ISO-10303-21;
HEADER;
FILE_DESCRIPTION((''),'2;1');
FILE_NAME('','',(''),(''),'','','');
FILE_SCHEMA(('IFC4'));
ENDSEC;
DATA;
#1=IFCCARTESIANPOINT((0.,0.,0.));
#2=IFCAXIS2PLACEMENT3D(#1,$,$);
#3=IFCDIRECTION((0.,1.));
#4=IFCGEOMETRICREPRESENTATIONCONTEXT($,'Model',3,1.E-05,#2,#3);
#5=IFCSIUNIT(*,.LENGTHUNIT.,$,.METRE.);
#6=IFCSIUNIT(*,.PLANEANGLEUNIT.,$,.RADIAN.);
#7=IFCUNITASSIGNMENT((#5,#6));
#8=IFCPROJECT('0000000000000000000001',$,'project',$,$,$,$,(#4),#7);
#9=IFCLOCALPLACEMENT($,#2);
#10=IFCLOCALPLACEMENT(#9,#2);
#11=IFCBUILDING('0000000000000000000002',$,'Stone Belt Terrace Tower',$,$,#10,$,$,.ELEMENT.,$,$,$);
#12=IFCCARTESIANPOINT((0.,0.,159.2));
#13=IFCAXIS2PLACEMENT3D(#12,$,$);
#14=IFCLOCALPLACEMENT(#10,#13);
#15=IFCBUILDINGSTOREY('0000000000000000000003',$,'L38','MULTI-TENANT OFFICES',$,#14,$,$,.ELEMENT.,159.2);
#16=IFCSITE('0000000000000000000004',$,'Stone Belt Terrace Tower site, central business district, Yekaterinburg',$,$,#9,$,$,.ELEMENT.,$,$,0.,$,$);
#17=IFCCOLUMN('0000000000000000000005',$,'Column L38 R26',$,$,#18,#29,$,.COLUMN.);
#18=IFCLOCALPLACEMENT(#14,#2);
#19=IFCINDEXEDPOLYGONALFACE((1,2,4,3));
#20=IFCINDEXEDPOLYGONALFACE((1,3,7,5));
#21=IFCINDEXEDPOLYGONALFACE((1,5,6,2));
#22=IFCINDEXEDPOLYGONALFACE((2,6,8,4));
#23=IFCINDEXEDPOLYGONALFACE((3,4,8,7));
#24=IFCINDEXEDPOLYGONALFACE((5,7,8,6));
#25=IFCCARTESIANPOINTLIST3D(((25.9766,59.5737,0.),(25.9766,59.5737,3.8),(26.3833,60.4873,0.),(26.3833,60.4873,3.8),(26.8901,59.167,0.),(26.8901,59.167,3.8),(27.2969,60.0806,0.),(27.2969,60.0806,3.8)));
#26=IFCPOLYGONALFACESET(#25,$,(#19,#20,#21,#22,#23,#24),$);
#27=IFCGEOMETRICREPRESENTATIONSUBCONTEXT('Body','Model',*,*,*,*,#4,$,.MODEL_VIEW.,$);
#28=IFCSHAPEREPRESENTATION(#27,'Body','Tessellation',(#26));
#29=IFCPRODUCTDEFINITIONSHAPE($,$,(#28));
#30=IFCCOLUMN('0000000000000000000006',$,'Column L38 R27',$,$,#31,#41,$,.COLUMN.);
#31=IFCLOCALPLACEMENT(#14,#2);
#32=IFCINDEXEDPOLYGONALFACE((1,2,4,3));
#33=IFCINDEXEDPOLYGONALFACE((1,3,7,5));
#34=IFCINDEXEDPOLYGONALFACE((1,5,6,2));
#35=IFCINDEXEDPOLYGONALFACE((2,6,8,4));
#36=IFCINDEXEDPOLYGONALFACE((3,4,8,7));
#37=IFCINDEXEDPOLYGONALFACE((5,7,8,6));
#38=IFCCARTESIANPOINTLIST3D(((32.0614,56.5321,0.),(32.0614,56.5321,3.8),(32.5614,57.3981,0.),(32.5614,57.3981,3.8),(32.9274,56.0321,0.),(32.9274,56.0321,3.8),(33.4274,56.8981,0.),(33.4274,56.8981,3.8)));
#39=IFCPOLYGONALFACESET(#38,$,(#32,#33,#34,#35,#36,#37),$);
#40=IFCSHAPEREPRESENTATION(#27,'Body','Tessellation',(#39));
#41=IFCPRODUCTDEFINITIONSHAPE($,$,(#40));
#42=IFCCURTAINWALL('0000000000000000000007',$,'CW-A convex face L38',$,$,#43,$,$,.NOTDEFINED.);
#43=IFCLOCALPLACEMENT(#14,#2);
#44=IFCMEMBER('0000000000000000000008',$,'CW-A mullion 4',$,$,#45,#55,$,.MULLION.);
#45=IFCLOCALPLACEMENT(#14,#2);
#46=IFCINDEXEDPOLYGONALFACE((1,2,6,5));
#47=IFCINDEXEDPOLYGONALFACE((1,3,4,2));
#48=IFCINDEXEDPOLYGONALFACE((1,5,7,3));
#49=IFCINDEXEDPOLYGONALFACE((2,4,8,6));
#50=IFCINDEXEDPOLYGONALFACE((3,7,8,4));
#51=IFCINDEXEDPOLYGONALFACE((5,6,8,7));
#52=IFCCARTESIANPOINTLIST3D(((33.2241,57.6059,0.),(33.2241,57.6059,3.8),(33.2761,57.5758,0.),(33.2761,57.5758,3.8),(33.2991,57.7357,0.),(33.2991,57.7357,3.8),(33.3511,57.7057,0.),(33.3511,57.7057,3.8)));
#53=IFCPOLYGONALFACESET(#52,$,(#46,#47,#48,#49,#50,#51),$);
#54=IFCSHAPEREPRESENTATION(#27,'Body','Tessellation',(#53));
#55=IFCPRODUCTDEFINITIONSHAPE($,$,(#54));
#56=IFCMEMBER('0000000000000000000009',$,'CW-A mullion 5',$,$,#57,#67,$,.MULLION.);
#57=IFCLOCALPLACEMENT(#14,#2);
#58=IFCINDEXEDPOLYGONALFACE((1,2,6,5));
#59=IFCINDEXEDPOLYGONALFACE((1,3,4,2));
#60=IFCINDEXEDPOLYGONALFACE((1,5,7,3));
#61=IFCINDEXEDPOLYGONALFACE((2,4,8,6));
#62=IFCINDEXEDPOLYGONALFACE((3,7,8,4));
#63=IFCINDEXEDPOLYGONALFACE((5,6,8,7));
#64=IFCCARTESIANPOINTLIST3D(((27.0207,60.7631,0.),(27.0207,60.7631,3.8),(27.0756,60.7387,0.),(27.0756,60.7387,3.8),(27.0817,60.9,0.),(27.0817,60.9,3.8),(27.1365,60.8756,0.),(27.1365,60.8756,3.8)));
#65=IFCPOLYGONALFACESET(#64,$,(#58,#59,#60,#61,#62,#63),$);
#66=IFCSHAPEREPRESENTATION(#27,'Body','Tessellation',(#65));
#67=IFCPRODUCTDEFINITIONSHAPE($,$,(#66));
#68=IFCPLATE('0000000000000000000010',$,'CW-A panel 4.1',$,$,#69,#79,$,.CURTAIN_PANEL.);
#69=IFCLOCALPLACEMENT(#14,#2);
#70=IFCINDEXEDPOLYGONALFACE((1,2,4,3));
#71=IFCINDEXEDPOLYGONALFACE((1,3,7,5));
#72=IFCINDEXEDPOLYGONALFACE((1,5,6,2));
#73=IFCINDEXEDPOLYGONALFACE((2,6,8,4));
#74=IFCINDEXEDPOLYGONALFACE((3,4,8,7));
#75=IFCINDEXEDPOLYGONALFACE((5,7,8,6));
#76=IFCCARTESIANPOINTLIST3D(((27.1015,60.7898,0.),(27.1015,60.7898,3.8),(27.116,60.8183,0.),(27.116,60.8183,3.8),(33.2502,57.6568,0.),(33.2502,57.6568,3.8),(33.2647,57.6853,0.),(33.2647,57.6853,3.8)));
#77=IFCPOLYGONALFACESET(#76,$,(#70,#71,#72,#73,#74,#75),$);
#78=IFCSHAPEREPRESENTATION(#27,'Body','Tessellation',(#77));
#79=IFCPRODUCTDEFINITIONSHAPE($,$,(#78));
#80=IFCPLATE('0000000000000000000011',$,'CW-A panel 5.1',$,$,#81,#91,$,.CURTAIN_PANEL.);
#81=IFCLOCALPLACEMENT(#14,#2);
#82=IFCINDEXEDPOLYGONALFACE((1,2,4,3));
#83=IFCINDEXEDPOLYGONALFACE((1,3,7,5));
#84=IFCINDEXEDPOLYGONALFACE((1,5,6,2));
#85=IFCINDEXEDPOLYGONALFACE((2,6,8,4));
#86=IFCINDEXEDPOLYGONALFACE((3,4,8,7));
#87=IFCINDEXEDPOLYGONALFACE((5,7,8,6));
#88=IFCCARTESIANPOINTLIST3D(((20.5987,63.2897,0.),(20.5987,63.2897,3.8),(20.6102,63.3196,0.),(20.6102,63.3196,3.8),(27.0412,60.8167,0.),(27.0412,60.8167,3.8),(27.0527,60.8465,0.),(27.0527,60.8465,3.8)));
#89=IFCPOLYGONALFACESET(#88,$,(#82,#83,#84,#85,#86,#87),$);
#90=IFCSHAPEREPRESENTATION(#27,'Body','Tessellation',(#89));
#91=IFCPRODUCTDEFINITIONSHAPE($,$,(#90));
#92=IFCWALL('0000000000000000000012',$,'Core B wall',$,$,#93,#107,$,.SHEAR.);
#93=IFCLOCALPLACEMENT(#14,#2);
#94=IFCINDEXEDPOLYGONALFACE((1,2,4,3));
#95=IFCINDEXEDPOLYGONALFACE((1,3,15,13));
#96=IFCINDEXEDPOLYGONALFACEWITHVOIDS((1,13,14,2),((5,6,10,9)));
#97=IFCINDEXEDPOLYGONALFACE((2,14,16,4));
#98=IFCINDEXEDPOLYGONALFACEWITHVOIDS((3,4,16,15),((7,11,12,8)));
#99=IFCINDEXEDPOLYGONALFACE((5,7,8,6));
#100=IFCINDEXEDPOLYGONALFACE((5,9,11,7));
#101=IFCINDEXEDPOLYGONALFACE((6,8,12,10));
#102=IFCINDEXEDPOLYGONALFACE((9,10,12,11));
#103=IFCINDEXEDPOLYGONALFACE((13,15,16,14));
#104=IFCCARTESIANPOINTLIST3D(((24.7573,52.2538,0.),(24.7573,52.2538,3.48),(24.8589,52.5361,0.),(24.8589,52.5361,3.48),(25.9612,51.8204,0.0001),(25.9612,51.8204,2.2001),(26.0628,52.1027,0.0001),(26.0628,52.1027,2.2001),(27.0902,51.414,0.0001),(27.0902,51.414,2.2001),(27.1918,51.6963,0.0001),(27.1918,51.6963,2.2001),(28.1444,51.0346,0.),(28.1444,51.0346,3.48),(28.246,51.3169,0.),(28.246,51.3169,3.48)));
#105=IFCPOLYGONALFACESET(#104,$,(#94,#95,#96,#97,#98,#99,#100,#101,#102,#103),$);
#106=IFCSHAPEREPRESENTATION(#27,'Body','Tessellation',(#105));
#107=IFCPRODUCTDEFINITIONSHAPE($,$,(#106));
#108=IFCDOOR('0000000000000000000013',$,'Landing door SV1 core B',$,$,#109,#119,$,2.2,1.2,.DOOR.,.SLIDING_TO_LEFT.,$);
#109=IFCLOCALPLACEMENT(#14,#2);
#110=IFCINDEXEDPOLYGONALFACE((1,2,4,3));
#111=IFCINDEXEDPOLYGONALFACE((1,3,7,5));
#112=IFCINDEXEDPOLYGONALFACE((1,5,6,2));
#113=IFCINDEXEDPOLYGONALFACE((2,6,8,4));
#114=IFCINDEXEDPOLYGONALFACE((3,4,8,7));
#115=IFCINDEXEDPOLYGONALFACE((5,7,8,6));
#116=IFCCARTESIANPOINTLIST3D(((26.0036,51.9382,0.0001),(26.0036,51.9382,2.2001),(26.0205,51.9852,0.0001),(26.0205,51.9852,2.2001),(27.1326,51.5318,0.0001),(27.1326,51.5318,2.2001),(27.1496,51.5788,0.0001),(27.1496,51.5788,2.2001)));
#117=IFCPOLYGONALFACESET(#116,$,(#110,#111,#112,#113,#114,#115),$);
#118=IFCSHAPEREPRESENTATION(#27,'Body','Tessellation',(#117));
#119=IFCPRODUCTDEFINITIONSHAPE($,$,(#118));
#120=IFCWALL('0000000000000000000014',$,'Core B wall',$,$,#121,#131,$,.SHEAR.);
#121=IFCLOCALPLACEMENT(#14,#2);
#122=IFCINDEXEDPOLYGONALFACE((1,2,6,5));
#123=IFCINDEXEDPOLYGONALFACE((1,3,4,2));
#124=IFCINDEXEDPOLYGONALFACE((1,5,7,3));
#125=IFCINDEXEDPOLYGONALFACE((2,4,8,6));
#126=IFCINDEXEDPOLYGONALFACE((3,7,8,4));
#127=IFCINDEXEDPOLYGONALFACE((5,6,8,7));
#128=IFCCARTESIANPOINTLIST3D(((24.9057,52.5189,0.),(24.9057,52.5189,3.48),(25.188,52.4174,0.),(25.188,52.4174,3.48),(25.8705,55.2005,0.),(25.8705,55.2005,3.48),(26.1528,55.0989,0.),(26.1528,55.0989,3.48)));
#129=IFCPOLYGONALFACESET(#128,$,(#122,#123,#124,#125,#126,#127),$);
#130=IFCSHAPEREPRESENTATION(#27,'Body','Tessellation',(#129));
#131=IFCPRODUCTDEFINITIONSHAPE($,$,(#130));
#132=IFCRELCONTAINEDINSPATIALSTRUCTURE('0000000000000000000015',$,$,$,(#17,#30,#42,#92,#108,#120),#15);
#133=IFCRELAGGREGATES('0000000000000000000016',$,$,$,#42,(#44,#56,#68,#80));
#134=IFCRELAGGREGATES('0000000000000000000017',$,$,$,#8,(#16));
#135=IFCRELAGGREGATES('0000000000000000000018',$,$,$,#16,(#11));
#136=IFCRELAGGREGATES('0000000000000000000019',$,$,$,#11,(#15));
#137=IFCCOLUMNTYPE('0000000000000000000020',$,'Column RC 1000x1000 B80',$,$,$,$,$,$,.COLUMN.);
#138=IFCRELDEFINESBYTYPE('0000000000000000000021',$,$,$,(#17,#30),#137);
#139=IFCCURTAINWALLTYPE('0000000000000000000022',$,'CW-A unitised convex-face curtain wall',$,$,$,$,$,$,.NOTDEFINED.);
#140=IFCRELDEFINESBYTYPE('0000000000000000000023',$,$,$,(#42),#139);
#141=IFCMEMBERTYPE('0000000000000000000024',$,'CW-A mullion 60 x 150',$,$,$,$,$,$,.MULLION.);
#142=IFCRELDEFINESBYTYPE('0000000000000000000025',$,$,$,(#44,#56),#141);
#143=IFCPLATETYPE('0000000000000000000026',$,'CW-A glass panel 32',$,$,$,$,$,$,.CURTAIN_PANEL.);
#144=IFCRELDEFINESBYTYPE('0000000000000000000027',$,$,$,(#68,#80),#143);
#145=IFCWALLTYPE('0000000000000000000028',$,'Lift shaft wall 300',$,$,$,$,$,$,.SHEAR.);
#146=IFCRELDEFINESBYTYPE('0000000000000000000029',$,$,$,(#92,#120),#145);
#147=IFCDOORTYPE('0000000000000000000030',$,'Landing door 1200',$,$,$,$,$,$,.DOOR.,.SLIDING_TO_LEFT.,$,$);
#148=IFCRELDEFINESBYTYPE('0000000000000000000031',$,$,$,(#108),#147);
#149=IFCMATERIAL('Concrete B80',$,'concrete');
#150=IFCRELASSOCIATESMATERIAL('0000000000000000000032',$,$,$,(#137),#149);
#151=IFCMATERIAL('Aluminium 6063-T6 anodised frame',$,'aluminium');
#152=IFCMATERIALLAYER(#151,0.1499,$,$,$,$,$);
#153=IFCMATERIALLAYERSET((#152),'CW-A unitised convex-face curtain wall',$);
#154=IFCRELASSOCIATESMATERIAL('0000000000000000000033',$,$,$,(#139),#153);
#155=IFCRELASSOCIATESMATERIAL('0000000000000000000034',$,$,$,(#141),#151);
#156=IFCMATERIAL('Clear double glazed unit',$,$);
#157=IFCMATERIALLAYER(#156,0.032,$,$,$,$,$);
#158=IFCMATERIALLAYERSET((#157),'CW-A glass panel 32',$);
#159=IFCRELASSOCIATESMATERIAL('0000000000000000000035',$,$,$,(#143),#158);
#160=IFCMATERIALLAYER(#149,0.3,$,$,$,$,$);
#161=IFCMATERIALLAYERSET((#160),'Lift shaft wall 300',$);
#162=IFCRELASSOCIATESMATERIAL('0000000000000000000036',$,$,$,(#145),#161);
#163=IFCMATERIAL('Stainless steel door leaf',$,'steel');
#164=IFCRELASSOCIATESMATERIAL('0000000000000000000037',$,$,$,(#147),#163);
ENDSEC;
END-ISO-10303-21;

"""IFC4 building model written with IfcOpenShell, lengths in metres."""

from ifc_helpers import new_model, si_unit, direction, frame, frame_2d, origin, origin_2d, place, context, subcontext, project, spatial, rectangle, extrude, material, layer, layer_set, material_profile, profile_set, type_object, element, fill, aggregate, save


model = new_model("IFC4")

# Units and contexts
model_context = context("Model", 3, precision=1e-05, world=origin(), true_north=direction((0.0, 1.0)))
body_context = subcontext(model_context, "Body", "Model", "MODEL_VIEW")
ifc_project = project(units=[si_unit("LENGTHUNIT", "METRE"), si_unit("PLANEANGLEUNIT", "RADIAN")], contexts=[model_context])

# Site, building, storey
site_placement = place(None, origin())
site = spatial("IfcSite", under=ifc_project, at=site_placement, Name="Stone Belt Terrace Tower site, central business district, Yekaterinburg", CompositionType="ELEMENT", RefElevation=0.0)
building_placement = place(site_placement, origin())
building = spatial("IfcBuilding", under=site, at=building_placement, Name="Stone Belt Terrace Tower", CompositionType="ELEMENT")
storey_placement = place(building_placement, frame((0.0, 0.0, 159.2)))
storey = spatial("IfcBuildingStorey", under=building, at=storey_placement, Name="L38", Description="MULTI-TENANT OFFICES", CompositionType="ELEMENT", Elevation=159.2)

# Columns
ifc_material_1 = material(Name="Concrete B80", Category="concrete")
ifc_material_profile_1 = material_profile(ifc_material_1, rectangle(XDim=1.0, YDim=1.0, at=origin_2d()), Name="RC 1000x1000")
ifc_profile_set_1 = profile_set([ifc_material_profile_1], Name="Concrete B80")
column_type = type_object("IfcColumnType", Name="Column RC 1000x1000 B80", PredefinedType="COLUMN", material=ifc_profile_set_1)
for number, where, z_axis, x_axis, name in (
    (1, (26.6367, 59.8271, 0.0), (0.0, 0.0, 1.0), (0.913545, -0.406737, 0.0), "Column L38 R26"),
    (2, (32.7444, 56.7151, 0.0), (0.0, 0.0, 1.0), (0.866025, -0.5, 0.0), "Column L38 R27"),
):
    element("IfcColumn", number, at=place(storey_placement, frame(where, z_axis=z_axis, x_axis=x_axis)), inside=storey, type_object=column_type, Name=name, PredefinedType="COLUMN", context=body_context, shape_type="SweptSolid", body=[
        extrude(rectangle(XDim=1.0, YDim=1.0, at=origin_2d()), origin(), (0.0, 0.0, 1.0), 3.8),
    ])

# Curtain wall, members, plates
ifc_material_2 = material(Name="Aluminium 6063-T6 anodised frame", Category="aluminium")
ifc_layer_1 = layer(ifc_material_2, 0.1499)
ifc_layer_set_1 = layer_set([ifc_layer_1], Name="CW-A unitised convex-face curtain wall")
curtain_wall_type = type_object("IfcCurtainWallType", Name="CW-A unitised convex-face curtain wall", PredefinedType="NOTDEFINED", material=ifc_layer_set_1)
curtain_wall_placement = place(storey_placement, origin())
curtain_wall = element("IfcCurtainWall", 3, at=curtain_wall_placement, inside=storey, type_object=curtain_wall_type, Name="CW-A convex face L38", PredefinedType="NOTDEFINED")
ifc_material_profile_2 = material_profile(ifc_material_2, rectangle(XDim=0.1499, YDim=0.0601, at=origin_2d()), Name="Aluminium 6063-T6 60x150")
ifc_profile_set_2 = profile_set([ifc_material_profile_2], Name="Aluminium 6063-T6 anodised frame")
member_type = type_object("IfcMemberType", Name="CW-A mullion 60 x 150", PredefinedType="MULLION", material=ifc_profile_set_2)
member_1_placement = place(storey_placement, frame((33.2876, 57.6558, 0.0), z_axis=(0.0, 0.0, 1.0), x_axis=(-0.5, -0.866025, 0.0)))
member_1 = element("IfcMember", 4, at=member_1_placement, type_object=member_type, Name="CW-A mullion 4", PredefinedType="MULLION", context=body_context, shape_type="SweptSolid", body=[
    extrude(rectangle(XDim=0.1499, YDim=0.0601, at=origin_2d()), origin(), (0.0, 0.0, 1.0), 3.8),
])
member_2_placement = place(storey_placement, frame((27.0786, 60.8193, 0.0), z_axis=(0.0, 0.0, 1.0), x_axis=(-0.406737, -0.913545, 0.0)))
member_2 = element("IfcMember", 5, at=member_2_placement, type_object=member_type, Name="CW-A mullion 5", PredefinedType="MULLION", context=body_context, shape_type="SweptSolid", body=[
    extrude(rectangle(XDim=0.1499, YDim=0.0601, at=origin_2d()), origin(), (0.0, 0.0, 1.0), 3.8),
])
ifc_material_3 = material(Name="Clear double glazed unit")
ifc_layer_2 = layer(ifc_material_3, 0.032)
ifc_layer_set_2 = layer_set([ifc_layer_2], Name="CW-A glass panel 32")
plate_type = type_object("IfcPlateType", Name="CW-A glass panel 32", PredefinedType="CURTAIN_PANEL", material=ifc_layer_set_2)
plate_1_placement = place(storey_placement, frame((30.1831, 59.2375, 0.0), z_axis=(0.0, 0.0, 1.0), x_axis=(-0.891007, 0.45399, 0.0)))
plate_1 = element("IfcPlate", 6, at=plate_1_placement, type_object=plate_type, Name="CW-A panel 4.1", PredefinedType="CURTAIN_PANEL", context=body_context, shape_type="SweptSolid", body=[
    extrude(rectangle(XDim=6.9009, YDim=0.032, at=origin_2d()), origin(), (0.0, 0.0, 1.0), 3.8),
])
plate_2_placement = place(storey_placement, frame((23.8257, 62.0681, 0.0), z_axis=(0.0, 0.0, 1.0), x_axis=(-0.93358, 0.358368, 0.0)))
plate_2 = element("IfcPlate", 7, at=plate_2_placement, type_object=plate_type, Name="CW-A panel 5.1", PredefinedType="CURTAIN_PANEL", context=body_context, shape_type="SweptSolid", body=[
    extrude(rectangle(XDim=6.9009, YDim=0.032, at=origin_2d()), origin(), (0.0, 0.0, 1.0), 3.8),
])
aggregate(curtain_wall, [member_1, member_2, plate_1, plate_2])

# Wall, opening, door
ifc_layer_3 = layer(ifc_material_1, 0.3)
ifc_layer_set_3 = layer_set([ifc_layer_3], Name="Lift shaft wall 300")
wall_type_1 = type_object("IfcWallType", Name="Lift shaft wall 300", PredefinedType="SHEAR", material=ifc_layer_set_3)
wall_1_placement = place(storey_placement, frame((28.1951, 51.1758, 0.0), z_axis=(0.0, 0.0, 1.0), x_axis=(-0.940901, 0.338681, 0.0)))
wall_1 = element("IfcWall", 8, at=wall_1_placement, inside=storey, type_object=wall_type_1, Name="Core B wall", PredefinedType="SHEAR", context=body_context, shape_type="SweptSolid", body=[
    extrude(rectangle(XDim=3.5999, YDim=0.3, at=frame_2d((1.7998, 0.0))), origin(), (0.0, 0.0, 1.0), 3.48),
])
opening_1_placement = place(wall_1_placement, frame((1.1201, 0.0, 0.0)))
opening_1 = element("IfcOpeningElement", 9, at=opening_1_placement, cuts=wall_1, PredefinedType="OPENING", context=body_context, shape_type="SweptSolid", body=[
    extrude(rectangle(XDim=1.2, YDim=2.2, at=frame_2d((0.6001, 1.1001))), frame((0.0, 0.1599, 0.0), z_axis=(0.0, -1.0, 0.0), x_axis=(1.0, 0.0, 0.0)), (0.0, 0.0, 1.0), 0.3201),
])
ifc_material_4 = material(Name="Stainless steel door leaf", Category="steel")
door_type_1 = type_object("IfcDoorType", Name="Landing door 1200", OperationType="SLIDING_TO_LEFT", PredefinedType="DOOR", material=ifc_material_4)
door_1_placement = place(opening_1_placement, origin())
door_1 = element("IfcDoor", 10, at=door_1_placement, inside=storey, type_object=door_type_1, Name="Landing door SV1 core B", OperationType="SLIDING_TO_LEFT", OverallHeight=2.2, OverallWidth=1.2, PredefinedType="DOOR", context=body_context, shape_type="SweptSolid", body=[
    extrude(rectangle(XDim=1.2, YDim=2.2, at=frame_2d((0.6001, 1.1001))), frame((0.0, 0.0249, 0.0), z_axis=(0.0, -1.0, 0.0), x_axis=(1.0, 0.0, 0.0)), (0.0, 0.0, 1.0), 0.05),
])
fill(opening_1, door_1)

# Wall
wall_2_placement = place(storey_placement, frame((25.0469, 52.4683, 0.0), z_axis=(0.0, 0.0, 1.0), x_axis=(0.33855, 0.940949, 0.0)))
element("IfcWall", 11, at=wall_2_placement, inside=storey, type_object=wall_type_1, Name="Core B wall", PredefinedType="SHEAR", context=body_context, shape_type="SweptSolid", body=[
    extrude(rectangle(XDim=2.8499, YDim=0.3, at=frame_2d((1.4248, 0.0))), origin(), (0.0, 0.0, 1.0), 3.48),
])

save(model, "model.ifc")
